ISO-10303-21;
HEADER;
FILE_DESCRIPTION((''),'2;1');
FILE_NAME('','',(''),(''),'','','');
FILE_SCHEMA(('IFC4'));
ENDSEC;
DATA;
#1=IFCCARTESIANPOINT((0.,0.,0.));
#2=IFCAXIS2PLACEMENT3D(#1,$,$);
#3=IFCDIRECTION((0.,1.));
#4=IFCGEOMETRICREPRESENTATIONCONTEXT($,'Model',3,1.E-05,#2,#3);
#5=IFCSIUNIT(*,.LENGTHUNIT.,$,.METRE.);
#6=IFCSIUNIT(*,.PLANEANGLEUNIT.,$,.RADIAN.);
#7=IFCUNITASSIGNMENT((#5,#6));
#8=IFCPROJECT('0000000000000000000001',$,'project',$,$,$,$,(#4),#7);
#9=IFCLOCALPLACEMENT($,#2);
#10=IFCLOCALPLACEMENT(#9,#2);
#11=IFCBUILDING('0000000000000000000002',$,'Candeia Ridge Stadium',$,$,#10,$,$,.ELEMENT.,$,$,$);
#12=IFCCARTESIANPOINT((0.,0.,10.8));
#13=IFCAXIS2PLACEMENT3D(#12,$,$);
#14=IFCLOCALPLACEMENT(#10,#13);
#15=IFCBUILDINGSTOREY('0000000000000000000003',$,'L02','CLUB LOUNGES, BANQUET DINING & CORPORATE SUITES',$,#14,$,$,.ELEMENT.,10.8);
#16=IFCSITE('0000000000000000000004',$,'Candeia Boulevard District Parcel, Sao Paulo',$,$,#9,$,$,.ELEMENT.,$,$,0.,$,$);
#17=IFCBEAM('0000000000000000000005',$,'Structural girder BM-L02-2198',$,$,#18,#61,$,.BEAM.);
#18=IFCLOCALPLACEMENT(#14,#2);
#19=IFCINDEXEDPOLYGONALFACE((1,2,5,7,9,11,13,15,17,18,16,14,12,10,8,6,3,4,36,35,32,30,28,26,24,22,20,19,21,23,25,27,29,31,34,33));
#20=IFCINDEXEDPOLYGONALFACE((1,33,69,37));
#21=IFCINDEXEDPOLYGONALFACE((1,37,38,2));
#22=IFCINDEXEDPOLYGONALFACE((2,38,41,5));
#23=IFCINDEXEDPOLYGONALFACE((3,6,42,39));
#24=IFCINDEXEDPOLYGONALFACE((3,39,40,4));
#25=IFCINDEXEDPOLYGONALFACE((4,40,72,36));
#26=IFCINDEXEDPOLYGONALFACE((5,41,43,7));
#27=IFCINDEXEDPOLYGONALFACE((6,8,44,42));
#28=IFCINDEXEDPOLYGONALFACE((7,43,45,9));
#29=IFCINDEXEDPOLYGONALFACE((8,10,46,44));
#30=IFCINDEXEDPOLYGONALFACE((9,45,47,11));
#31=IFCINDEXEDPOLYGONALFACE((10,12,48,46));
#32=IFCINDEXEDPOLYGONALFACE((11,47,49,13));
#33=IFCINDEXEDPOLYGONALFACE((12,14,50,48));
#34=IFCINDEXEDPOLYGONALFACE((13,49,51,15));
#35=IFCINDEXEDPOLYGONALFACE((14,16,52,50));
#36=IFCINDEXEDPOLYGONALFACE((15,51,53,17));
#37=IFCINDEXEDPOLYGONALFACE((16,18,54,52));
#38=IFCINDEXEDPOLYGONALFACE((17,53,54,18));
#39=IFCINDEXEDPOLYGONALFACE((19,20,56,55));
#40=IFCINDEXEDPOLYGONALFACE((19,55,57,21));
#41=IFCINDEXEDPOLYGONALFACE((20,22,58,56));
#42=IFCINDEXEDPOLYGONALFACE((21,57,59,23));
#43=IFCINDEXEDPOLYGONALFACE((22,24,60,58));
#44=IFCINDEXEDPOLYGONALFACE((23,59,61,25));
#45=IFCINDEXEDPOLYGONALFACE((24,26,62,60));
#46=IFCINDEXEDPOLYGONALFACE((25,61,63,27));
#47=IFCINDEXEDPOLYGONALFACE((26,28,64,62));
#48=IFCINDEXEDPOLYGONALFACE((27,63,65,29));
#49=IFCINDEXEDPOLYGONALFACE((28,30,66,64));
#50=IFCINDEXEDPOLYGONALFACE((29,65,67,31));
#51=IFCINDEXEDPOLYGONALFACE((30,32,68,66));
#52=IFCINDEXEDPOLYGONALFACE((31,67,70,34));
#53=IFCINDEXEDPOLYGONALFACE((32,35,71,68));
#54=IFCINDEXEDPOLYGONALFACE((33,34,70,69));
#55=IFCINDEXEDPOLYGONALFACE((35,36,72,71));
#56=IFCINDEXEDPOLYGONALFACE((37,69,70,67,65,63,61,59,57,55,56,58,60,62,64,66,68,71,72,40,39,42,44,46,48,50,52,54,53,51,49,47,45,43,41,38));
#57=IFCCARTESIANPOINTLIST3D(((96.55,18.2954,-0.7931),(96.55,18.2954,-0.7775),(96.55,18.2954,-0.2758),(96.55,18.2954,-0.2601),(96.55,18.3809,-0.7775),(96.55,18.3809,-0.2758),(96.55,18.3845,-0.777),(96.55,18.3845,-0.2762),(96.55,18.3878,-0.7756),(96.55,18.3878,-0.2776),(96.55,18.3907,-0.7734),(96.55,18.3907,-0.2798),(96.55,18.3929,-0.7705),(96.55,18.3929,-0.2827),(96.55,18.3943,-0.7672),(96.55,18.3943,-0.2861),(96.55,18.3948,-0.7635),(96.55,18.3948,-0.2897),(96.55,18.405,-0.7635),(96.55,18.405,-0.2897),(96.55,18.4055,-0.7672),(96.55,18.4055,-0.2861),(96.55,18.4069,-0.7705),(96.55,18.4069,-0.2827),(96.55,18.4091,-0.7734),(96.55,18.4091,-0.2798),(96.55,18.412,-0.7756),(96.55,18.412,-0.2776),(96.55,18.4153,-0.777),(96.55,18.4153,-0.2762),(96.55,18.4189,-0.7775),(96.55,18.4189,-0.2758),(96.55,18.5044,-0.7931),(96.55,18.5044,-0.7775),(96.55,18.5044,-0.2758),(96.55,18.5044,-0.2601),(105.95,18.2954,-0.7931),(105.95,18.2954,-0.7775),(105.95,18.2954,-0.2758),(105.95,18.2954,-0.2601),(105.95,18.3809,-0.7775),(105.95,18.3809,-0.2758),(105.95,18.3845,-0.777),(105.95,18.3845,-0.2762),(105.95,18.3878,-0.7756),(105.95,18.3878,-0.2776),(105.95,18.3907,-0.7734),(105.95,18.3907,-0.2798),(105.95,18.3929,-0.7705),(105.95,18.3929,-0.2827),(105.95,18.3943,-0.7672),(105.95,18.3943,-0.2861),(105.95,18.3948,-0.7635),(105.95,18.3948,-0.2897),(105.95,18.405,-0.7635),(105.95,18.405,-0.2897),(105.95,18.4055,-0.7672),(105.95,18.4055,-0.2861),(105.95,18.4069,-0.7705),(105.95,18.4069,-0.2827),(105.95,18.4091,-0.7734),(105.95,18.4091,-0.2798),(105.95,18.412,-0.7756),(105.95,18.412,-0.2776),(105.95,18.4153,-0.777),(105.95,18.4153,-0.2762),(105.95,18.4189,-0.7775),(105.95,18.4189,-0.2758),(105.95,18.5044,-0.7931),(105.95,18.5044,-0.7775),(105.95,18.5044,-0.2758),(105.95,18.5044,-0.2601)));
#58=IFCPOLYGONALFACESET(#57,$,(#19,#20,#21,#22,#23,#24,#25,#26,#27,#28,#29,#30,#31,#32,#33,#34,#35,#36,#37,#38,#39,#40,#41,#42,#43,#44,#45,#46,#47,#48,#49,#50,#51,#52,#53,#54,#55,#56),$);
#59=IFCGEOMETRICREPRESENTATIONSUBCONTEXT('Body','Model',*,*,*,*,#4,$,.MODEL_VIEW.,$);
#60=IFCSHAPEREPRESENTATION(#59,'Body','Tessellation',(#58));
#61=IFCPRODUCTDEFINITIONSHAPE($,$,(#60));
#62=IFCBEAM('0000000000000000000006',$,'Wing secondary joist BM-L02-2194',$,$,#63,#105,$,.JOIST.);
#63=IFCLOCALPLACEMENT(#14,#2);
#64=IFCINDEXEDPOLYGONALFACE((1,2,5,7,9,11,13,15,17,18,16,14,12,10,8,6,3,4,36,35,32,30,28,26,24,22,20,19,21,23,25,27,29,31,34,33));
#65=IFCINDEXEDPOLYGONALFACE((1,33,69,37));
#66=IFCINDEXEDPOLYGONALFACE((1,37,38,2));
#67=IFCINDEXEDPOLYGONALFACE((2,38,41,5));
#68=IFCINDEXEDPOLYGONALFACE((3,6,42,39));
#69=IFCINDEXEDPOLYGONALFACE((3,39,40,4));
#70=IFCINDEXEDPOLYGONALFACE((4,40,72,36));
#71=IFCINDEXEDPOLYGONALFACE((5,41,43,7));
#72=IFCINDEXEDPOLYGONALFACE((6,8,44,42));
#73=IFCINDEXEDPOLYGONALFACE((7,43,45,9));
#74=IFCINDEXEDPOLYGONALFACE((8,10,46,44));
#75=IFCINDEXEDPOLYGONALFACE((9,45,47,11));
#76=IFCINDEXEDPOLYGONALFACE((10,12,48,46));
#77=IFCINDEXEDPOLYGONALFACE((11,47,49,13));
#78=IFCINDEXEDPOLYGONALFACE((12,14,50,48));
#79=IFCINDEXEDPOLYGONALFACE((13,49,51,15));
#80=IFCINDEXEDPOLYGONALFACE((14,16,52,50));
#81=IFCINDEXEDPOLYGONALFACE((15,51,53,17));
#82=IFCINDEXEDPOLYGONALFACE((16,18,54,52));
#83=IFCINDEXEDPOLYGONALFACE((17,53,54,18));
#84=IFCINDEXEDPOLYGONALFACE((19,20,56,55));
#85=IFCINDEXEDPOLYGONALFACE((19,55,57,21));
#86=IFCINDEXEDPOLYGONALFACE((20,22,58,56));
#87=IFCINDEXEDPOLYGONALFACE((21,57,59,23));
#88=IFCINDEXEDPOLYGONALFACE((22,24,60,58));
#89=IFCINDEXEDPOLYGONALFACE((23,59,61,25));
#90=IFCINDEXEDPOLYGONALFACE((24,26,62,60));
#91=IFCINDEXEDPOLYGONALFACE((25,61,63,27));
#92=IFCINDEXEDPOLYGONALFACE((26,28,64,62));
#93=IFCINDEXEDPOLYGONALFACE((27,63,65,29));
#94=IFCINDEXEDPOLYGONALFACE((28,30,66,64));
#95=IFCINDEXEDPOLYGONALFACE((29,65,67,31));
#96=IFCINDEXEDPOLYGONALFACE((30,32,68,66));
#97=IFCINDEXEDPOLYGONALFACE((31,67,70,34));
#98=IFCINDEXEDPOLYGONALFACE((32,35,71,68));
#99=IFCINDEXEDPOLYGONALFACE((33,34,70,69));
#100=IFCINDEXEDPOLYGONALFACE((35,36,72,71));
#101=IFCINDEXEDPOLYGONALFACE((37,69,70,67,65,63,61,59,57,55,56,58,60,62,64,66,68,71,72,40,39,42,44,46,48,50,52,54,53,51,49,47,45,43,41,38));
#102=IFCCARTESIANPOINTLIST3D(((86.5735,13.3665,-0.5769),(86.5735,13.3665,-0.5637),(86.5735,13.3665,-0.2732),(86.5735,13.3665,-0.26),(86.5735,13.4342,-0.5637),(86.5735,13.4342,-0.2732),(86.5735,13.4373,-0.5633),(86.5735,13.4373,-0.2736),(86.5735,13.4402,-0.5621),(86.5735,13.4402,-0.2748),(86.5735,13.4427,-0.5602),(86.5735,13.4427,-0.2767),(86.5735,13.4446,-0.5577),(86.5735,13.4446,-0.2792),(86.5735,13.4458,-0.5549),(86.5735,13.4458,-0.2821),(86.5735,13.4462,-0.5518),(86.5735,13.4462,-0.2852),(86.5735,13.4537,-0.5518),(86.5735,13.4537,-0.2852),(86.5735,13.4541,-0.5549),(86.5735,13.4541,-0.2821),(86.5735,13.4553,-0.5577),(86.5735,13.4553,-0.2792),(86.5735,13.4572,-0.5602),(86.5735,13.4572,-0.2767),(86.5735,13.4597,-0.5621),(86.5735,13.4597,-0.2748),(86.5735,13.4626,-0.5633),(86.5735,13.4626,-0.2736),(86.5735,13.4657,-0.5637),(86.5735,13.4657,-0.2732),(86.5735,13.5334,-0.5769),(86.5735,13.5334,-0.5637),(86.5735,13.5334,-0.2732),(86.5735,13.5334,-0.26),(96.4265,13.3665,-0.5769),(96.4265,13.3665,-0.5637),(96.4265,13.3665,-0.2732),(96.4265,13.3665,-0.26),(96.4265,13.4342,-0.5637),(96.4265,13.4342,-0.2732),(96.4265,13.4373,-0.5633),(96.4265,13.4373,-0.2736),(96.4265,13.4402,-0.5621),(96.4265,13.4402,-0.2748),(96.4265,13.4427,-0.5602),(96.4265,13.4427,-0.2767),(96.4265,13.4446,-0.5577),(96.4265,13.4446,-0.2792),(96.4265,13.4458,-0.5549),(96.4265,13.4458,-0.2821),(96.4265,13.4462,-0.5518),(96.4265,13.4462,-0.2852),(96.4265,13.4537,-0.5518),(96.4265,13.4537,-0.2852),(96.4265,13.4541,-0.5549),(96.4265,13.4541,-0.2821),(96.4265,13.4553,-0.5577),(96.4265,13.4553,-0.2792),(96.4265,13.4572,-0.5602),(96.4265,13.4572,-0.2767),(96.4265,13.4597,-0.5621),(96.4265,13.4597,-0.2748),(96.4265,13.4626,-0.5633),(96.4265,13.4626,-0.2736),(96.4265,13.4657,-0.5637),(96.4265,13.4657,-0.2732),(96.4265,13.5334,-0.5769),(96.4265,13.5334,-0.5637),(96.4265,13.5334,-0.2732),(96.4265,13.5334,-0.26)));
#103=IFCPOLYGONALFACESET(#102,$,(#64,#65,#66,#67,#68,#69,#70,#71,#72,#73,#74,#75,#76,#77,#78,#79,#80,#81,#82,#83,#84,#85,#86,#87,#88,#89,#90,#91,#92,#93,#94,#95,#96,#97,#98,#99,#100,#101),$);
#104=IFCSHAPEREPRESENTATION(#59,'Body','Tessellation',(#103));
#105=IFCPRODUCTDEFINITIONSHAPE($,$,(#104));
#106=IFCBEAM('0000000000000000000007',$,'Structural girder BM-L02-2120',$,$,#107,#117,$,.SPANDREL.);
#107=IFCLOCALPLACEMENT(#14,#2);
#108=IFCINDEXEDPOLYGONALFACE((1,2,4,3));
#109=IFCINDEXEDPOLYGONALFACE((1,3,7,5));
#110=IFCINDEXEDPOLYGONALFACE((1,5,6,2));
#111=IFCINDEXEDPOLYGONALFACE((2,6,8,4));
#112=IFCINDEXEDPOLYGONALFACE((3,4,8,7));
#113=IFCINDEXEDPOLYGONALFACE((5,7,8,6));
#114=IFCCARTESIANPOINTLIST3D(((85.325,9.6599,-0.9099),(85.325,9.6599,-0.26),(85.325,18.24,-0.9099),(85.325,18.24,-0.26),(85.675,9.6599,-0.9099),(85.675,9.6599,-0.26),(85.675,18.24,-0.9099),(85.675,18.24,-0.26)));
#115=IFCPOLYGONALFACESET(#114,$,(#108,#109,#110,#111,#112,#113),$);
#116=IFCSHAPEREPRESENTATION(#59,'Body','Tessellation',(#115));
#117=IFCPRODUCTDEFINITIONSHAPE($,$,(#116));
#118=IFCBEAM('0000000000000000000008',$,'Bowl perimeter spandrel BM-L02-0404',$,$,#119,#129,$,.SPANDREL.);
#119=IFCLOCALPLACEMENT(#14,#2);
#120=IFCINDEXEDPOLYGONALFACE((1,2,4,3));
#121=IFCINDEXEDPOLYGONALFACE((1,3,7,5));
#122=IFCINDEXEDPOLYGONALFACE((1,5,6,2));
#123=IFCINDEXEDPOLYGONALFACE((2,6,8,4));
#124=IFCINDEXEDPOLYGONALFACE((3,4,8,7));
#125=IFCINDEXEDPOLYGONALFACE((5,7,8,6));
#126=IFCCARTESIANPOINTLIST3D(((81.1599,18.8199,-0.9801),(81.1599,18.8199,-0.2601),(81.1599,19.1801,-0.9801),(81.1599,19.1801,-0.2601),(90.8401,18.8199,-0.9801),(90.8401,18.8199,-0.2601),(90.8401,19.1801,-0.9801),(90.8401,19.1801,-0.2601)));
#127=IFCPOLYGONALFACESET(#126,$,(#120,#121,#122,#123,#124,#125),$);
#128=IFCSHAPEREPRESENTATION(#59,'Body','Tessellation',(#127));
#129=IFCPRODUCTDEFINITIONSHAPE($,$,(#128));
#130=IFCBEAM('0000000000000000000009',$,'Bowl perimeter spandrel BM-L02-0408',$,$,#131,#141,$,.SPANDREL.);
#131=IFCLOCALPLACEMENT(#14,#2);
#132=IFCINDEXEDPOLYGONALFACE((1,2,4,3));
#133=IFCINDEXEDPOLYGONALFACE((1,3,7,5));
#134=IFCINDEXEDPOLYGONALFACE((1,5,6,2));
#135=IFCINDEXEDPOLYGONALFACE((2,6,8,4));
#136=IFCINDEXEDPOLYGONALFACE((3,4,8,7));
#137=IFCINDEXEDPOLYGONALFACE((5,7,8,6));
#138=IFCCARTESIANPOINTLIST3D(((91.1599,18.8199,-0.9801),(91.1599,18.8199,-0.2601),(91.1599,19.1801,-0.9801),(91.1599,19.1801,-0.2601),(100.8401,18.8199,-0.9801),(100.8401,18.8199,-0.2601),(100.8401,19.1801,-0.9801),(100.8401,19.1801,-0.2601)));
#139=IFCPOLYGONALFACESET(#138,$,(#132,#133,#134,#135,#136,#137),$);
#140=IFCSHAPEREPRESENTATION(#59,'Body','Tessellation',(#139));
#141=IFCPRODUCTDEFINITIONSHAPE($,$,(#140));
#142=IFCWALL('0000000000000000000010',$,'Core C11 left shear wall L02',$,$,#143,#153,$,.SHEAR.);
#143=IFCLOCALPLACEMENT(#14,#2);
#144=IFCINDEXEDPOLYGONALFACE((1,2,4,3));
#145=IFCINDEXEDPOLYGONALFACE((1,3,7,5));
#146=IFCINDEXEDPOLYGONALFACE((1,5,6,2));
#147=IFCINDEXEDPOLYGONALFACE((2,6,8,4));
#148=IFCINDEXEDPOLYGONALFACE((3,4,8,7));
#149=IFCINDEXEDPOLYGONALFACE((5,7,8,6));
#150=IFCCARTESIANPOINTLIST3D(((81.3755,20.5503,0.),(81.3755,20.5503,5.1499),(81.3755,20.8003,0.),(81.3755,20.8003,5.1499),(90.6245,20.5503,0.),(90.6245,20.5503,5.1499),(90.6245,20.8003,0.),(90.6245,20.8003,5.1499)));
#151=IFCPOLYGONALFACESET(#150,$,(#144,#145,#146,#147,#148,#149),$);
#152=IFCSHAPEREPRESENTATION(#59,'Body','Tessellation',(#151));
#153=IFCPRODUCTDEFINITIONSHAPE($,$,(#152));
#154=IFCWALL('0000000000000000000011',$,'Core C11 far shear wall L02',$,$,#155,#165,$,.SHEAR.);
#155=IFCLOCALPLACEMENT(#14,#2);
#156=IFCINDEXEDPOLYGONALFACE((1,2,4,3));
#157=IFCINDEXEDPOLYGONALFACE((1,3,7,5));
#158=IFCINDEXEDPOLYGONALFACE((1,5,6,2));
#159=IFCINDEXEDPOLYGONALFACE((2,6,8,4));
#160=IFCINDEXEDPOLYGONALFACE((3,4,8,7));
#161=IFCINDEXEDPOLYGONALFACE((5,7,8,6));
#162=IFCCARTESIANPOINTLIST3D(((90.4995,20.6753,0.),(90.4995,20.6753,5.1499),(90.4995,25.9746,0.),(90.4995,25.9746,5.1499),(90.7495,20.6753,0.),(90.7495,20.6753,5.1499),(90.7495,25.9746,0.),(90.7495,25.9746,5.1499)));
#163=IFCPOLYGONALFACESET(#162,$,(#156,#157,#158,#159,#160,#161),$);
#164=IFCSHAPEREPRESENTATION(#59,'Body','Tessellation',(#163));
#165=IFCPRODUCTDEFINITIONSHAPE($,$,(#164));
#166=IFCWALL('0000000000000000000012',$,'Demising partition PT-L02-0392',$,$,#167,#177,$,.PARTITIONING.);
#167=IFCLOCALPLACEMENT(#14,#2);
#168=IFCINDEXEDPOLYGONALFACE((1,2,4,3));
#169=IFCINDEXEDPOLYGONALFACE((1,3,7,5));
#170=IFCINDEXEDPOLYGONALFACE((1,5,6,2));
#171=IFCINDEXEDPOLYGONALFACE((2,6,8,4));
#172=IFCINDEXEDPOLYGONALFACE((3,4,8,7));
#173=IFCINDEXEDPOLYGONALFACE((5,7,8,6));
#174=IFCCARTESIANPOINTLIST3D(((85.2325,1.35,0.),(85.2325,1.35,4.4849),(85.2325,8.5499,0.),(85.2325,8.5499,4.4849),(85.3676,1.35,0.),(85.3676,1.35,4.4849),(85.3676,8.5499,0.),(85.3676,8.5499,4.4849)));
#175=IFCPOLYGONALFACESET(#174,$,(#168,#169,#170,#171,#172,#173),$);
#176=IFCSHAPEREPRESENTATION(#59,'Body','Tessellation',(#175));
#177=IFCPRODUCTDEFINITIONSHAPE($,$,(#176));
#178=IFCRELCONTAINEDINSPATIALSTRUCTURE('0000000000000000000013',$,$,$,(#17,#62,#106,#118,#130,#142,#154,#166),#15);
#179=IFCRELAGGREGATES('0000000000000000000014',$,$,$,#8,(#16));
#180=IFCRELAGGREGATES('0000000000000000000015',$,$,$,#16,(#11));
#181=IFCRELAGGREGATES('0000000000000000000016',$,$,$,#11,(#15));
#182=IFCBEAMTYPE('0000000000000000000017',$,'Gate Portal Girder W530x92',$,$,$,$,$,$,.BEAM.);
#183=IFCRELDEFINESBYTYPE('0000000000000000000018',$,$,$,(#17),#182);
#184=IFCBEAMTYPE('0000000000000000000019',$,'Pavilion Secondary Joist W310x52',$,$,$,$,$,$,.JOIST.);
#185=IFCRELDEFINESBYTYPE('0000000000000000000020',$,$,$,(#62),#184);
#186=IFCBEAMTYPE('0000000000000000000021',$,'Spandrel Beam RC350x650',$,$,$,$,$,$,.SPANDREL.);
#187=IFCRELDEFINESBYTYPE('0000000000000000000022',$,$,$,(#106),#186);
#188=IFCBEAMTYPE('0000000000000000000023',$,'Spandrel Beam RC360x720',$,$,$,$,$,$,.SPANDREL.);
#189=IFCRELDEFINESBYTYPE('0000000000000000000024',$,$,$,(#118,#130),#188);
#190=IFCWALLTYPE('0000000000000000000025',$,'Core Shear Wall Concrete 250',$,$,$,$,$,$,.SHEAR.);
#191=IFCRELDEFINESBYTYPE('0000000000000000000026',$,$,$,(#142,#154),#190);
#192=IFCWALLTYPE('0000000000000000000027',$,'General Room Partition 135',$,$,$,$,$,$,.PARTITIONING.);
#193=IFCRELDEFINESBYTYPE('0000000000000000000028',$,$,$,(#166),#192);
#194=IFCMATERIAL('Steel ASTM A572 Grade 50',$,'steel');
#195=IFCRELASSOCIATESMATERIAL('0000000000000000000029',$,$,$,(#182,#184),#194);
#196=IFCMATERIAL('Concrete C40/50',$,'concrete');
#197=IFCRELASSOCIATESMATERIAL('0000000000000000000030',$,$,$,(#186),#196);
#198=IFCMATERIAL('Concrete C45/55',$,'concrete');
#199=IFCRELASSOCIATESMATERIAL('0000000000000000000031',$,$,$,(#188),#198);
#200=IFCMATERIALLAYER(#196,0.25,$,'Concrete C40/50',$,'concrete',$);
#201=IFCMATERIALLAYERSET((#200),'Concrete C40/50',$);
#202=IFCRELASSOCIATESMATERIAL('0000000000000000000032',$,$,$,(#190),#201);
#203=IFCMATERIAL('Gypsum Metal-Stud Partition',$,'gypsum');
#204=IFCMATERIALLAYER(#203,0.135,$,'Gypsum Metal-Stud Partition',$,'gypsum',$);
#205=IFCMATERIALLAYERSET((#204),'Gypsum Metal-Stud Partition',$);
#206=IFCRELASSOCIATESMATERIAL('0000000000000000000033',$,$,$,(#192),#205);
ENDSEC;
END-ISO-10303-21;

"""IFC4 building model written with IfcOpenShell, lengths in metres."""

from ifc_helpers import new_model, si_unit, direction, frame, frame_2d, origin, origin_2d, place, context, subcontext, project, spatial, rectangle, i_section, extrude, material, layer, layer_set, material_profile, profile_set, type_object, element, save


model = new_model("IFC4")

# Units and contexts
model_context = context("Model", 3, precision=1e-05, world=origin(), true_north=direction((0.0, 1.0)))
body_context = subcontext(model_context, "Body", "Model", "MODEL_VIEW")
ifc_project = project(units=[si_unit("LENGTHUNIT", "METRE"), si_unit("PLANEANGLEUNIT", "RADIAN")], contexts=[model_context])

# Site, building, storey
site_placement = place(None, origin())
site = spatial("IfcSite", under=ifc_project, at=site_placement, Name="Candeia Boulevard District Parcel, Sao Paulo", CompositionType="ELEMENT", RefElevation=0.0)
building_placement = place(site_placement, origin())
building = spatial("IfcBuilding", under=site, at=building_placement, Name="Candeia Ridge Stadium", CompositionType="ELEMENT")
storey_placement = place(building_placement, frame((0.0, 0.0, 10.8)))
storey = spatial("IfcBuildingStorey", under=building, at=storey_placement, Name="L02", Description="CLUB LOUNGES, BANQUET DINING & CORPORATE SUITES", CompositionType="ELEMENT", Elevation=10.8)

# Shared definitions
ifc_material_1 = material(Name="Steel ASTM A572 Grade 50", Category="steel")
ifc_material_2 = material(Name="Concrete C45/55", Category="concrete")
ifc_material_3 = material(Name="Concrete C40/50", Category="concrete")

# Beams
ifc_material_profile_1 = material_profile(ifc_material_1, i_section(OverallWidth=0.209, OverallDepth=0.533, WebThickness=0.0103, FlangeThickness=0.0156, FilletRadius=0.0139, at=origin_2d()), Name="W530x92", Category="steel")
ifc_profile_set_1 = profile_set([ifc_material_profile_1], Name="Steel ASTM A572 Grade 50")
beam_type_1 = type_object("IfcBeamType", Name="Gate Portal Girder W530x92", PredefinedType="BEAM", material=ifc_profile_set_1)
for number, where, z_axis, x_axis, name in (
    (1, (96.55, 18.3999, -0.5266), (1.0, 0.0, 0.0), (0.0, 1.0, 0.0), "Structural girder BM-L02-2198"),
):
    element("IfcBeam", number, at=place(storey_placement, frame(where, z_axis=z_axis, x_axis=x_axis)), inside=storey, type_object=beam_type_1, Name=name, PredefinedType="BEAM", context=body_context, shape_type="SweptSolid", body=[
        extrude(i_section(OverallWidth=0.209, OverallDepth=0.533, WebThickness=0.0103, FlangeThickness=0.0156, FilletRadius=0.0139, at=origin_2d()), origin(), (0.0, 0.0, 1.0), 9.3999),
    ])
ifc_material_profile_2 = material_profile(ifc_material_1, i_section(OverallWidth=0.167, OverallDepth=0.3169, WebThickness=0.0076, FlangeThickness=0.0132, FilletRadius=0.012, at=origin_2d()), Name="W310x52", Category="steel")
ifc_profile_set_2 = profile_set([ifc_material_profile_2], Name="Steel ASTM A572 Grade 50")
beam_type_2 = type_object("IfcBeamType", Name="Pavilion Secondary Joist W310x52", PredefinedType="JOIST", material=ifc_profile_set_2)
beam_1_placement = place(storey_placement, frame((86.5735, 13.45, -0.4185), z_axis=(1.0, 0.0, 0.0), x_axis=(0.0, 1.0, 0.0)))
element("IfcBeam", 2, at=beam_1_placement, inside=storey, type_object=beam_type_2, Name="Wing secondary joist BM-L02-2194", PredefinedType="JOIST", context=body_context, shape_type="SweptSolid", body=[
    extrude(i_section(OverallWidth=0.167, OverallDepth=0.3169, WebThickness=0.0076, FlangeThickness=0.0132, FilletRadius=0.012, at=origin_2d()), origin(), (0.0, 0.0, 1.0), 9.853),
])
ifc_material_profile_3 = material_profile(ifc_material_3, rectangle(XDim=0.3501, YDim=0.6499, at=origin_2d()), Name="RC350x650", Category="concrete")
ifc_profile_set_3 = profile_set([ifc_material_profile_3], Name="Concrete C40/50")
beam_type_3 = type_object("IfcBeamType", Name="Spandrel Beam RC350x650", PredefinedType="SPANDREL", material=ifc_profile_set_3)
beam_2_placement = place(storey_placement, frame((85.5, 9.6599, -0.585), z_axis=(0.0, 1.0, 0.0), x_axis=(-1.0, 0.0, 0.0)))
element("IfcBeam", 3, at=beam_2_placement, inside=storey, type_object=beam_type_3, Name="Structural girder BM-L02-2120", PredefinedType="SPANDREL", context=body_context, shape_type="SweptSolid", body=[
    extrude(rectangle(XDim=0.3501, YDim=0.6499, at=origin_2d()), origin(), (0.0, 0.0, 1.0), 8.5801),
])
ifc_material_profile_4 = material_profile(ifc_material_2, rectangle(XDim=0.3601, YDim=0.72, at=origin_2d()), Name="RC360x720", Category="concrete")
ifc_profile_set_4 = profile_set([ifc_material_profile_4], Name="Concrete C45/55")
beam_type_4 = type_object("IfcBeamType", Name="Spandrel Beam RC360x720", PredefinedType="SPANDREL", material=ifc_profile_set_4)
for number, where, z_axis, x_axis, name in (
    (4, (81.1599, 19.0, -0.6201), (1.0, 0.0, 0.0), (0.0, 1.0, 0.0), "Bowl perimeter spandrel BM-L02-0404"),
    (5, (91.1599, 19.0, -0.6201), (1.0, 0.0, 0.0), (0.0, 1.0, 0.0), "Bowl perimeter spandrel BM-L02-0408"),
):
    element("IfcBeam", number, at=place(storey_placement, frame(where, z_axis=z_axis, x_axis=x_axis)), inside=storey, type_object=beam_type_4, Name=name, PredefinedType="SPANDREL", context=body_context, shape_type="SweptSolid", body=[
        extrude(rectangle(XDim=0.3601, YDim=0.72, at=origin_2d()), origin(), (0.0, 0.0, 1.0), 9.6802),
    ])

# Walls
ifc_layer_1 = layer(ifc_material_3, 0.25, Name="Concrete C40/50", Category="concrete")
ifc_layer_set_1 = layer_set([ifc_layer_1], Name="Concrete C40/50")
wall_type_1 = type_object("IfcWallType", Name="Core Shear Wall Concrete 250", PredefinedType="SHEAR", material=ifc_layer_set_1)
wall_1_placement = place(storey_placement, frame((81.3755, 20.6753, 0.0), z_axis=(0.0, 0.0, 1.0), x_axis=(1.0, 0.0, 0.0)))
element("IfcWall", 6, at=wall_1_placement, inside=storey, type_object=wall_type_1, Name="Core C11 left shear wall L02", PredefinedType="SHEAR", context=body_context, shape_type="SweptSolid", body=[
    extrude(rectangle(XDim=9.249, YDim=0.25, at=frame_2d((4.6245, 0.0))), origin(), (0.0, 0.0, 1.0), 5.1499),
])
wall_2_placement = place(storey_placement, frame((90.6245, 20.6753, 0.0), z_axis=(0.0, 0.0, 1.0), x_axis=(0.0, 1.0, 0.0)))
element("IfcWall", 7, at=wall_2_placement, inside=storey, type_object=wall_type_1, Name="Core C11 far shear wall L02", PredefinedType="SHEAR", context=body_context, shape_type="SweptSolid", body=[
    extrude(rectangle(XDim=5.2993, YDim=0.25, at=frame_2d((2.6497, 0.0))), origin(), (0.0, 0.0, 1.0), 5.1499),
])
ifc_material_4 = material(Name="Gypsum Metal-Stud Partition", Category="gypsum")
ifc_layer_2 = layer(ifc_material_4, 0.135, Name="Gypsum Metal-Stud Partition", Category="gypsum")
ifc_layer_set_2 = layer_set([ifc_layer_2], Name="Gypsum Metal-Stud Partition")
wall_type_2 = type_object("IfcWallType", Name="General Room Partition 135", PredefinedType="PARTITIONING", material=ifc_layer_set_2)
wall_3_placement = place(storey_placement, frame((85.3, 8.55, 0.0), z_axis=(0.0, 0.0, 1.0), x_axis=(0.0, -1.0, 0.0)))
element("IfcWall", 8, at=wall_3_placement, inside=storey, type_object=wall_type_2, Name="Demising partition PT-L02-0392", PredefinedType="PARTITIONING", context=body_context, shape_type="SweptSolid", body=[
    extrude(rectangle(XDim=7.2, YDim=0.135, at=frame_2d((3.6001, 0.0))), origin(), (0.0, 0.0, 1.0), 4.4849),
])

save(model, "model.ifc")
